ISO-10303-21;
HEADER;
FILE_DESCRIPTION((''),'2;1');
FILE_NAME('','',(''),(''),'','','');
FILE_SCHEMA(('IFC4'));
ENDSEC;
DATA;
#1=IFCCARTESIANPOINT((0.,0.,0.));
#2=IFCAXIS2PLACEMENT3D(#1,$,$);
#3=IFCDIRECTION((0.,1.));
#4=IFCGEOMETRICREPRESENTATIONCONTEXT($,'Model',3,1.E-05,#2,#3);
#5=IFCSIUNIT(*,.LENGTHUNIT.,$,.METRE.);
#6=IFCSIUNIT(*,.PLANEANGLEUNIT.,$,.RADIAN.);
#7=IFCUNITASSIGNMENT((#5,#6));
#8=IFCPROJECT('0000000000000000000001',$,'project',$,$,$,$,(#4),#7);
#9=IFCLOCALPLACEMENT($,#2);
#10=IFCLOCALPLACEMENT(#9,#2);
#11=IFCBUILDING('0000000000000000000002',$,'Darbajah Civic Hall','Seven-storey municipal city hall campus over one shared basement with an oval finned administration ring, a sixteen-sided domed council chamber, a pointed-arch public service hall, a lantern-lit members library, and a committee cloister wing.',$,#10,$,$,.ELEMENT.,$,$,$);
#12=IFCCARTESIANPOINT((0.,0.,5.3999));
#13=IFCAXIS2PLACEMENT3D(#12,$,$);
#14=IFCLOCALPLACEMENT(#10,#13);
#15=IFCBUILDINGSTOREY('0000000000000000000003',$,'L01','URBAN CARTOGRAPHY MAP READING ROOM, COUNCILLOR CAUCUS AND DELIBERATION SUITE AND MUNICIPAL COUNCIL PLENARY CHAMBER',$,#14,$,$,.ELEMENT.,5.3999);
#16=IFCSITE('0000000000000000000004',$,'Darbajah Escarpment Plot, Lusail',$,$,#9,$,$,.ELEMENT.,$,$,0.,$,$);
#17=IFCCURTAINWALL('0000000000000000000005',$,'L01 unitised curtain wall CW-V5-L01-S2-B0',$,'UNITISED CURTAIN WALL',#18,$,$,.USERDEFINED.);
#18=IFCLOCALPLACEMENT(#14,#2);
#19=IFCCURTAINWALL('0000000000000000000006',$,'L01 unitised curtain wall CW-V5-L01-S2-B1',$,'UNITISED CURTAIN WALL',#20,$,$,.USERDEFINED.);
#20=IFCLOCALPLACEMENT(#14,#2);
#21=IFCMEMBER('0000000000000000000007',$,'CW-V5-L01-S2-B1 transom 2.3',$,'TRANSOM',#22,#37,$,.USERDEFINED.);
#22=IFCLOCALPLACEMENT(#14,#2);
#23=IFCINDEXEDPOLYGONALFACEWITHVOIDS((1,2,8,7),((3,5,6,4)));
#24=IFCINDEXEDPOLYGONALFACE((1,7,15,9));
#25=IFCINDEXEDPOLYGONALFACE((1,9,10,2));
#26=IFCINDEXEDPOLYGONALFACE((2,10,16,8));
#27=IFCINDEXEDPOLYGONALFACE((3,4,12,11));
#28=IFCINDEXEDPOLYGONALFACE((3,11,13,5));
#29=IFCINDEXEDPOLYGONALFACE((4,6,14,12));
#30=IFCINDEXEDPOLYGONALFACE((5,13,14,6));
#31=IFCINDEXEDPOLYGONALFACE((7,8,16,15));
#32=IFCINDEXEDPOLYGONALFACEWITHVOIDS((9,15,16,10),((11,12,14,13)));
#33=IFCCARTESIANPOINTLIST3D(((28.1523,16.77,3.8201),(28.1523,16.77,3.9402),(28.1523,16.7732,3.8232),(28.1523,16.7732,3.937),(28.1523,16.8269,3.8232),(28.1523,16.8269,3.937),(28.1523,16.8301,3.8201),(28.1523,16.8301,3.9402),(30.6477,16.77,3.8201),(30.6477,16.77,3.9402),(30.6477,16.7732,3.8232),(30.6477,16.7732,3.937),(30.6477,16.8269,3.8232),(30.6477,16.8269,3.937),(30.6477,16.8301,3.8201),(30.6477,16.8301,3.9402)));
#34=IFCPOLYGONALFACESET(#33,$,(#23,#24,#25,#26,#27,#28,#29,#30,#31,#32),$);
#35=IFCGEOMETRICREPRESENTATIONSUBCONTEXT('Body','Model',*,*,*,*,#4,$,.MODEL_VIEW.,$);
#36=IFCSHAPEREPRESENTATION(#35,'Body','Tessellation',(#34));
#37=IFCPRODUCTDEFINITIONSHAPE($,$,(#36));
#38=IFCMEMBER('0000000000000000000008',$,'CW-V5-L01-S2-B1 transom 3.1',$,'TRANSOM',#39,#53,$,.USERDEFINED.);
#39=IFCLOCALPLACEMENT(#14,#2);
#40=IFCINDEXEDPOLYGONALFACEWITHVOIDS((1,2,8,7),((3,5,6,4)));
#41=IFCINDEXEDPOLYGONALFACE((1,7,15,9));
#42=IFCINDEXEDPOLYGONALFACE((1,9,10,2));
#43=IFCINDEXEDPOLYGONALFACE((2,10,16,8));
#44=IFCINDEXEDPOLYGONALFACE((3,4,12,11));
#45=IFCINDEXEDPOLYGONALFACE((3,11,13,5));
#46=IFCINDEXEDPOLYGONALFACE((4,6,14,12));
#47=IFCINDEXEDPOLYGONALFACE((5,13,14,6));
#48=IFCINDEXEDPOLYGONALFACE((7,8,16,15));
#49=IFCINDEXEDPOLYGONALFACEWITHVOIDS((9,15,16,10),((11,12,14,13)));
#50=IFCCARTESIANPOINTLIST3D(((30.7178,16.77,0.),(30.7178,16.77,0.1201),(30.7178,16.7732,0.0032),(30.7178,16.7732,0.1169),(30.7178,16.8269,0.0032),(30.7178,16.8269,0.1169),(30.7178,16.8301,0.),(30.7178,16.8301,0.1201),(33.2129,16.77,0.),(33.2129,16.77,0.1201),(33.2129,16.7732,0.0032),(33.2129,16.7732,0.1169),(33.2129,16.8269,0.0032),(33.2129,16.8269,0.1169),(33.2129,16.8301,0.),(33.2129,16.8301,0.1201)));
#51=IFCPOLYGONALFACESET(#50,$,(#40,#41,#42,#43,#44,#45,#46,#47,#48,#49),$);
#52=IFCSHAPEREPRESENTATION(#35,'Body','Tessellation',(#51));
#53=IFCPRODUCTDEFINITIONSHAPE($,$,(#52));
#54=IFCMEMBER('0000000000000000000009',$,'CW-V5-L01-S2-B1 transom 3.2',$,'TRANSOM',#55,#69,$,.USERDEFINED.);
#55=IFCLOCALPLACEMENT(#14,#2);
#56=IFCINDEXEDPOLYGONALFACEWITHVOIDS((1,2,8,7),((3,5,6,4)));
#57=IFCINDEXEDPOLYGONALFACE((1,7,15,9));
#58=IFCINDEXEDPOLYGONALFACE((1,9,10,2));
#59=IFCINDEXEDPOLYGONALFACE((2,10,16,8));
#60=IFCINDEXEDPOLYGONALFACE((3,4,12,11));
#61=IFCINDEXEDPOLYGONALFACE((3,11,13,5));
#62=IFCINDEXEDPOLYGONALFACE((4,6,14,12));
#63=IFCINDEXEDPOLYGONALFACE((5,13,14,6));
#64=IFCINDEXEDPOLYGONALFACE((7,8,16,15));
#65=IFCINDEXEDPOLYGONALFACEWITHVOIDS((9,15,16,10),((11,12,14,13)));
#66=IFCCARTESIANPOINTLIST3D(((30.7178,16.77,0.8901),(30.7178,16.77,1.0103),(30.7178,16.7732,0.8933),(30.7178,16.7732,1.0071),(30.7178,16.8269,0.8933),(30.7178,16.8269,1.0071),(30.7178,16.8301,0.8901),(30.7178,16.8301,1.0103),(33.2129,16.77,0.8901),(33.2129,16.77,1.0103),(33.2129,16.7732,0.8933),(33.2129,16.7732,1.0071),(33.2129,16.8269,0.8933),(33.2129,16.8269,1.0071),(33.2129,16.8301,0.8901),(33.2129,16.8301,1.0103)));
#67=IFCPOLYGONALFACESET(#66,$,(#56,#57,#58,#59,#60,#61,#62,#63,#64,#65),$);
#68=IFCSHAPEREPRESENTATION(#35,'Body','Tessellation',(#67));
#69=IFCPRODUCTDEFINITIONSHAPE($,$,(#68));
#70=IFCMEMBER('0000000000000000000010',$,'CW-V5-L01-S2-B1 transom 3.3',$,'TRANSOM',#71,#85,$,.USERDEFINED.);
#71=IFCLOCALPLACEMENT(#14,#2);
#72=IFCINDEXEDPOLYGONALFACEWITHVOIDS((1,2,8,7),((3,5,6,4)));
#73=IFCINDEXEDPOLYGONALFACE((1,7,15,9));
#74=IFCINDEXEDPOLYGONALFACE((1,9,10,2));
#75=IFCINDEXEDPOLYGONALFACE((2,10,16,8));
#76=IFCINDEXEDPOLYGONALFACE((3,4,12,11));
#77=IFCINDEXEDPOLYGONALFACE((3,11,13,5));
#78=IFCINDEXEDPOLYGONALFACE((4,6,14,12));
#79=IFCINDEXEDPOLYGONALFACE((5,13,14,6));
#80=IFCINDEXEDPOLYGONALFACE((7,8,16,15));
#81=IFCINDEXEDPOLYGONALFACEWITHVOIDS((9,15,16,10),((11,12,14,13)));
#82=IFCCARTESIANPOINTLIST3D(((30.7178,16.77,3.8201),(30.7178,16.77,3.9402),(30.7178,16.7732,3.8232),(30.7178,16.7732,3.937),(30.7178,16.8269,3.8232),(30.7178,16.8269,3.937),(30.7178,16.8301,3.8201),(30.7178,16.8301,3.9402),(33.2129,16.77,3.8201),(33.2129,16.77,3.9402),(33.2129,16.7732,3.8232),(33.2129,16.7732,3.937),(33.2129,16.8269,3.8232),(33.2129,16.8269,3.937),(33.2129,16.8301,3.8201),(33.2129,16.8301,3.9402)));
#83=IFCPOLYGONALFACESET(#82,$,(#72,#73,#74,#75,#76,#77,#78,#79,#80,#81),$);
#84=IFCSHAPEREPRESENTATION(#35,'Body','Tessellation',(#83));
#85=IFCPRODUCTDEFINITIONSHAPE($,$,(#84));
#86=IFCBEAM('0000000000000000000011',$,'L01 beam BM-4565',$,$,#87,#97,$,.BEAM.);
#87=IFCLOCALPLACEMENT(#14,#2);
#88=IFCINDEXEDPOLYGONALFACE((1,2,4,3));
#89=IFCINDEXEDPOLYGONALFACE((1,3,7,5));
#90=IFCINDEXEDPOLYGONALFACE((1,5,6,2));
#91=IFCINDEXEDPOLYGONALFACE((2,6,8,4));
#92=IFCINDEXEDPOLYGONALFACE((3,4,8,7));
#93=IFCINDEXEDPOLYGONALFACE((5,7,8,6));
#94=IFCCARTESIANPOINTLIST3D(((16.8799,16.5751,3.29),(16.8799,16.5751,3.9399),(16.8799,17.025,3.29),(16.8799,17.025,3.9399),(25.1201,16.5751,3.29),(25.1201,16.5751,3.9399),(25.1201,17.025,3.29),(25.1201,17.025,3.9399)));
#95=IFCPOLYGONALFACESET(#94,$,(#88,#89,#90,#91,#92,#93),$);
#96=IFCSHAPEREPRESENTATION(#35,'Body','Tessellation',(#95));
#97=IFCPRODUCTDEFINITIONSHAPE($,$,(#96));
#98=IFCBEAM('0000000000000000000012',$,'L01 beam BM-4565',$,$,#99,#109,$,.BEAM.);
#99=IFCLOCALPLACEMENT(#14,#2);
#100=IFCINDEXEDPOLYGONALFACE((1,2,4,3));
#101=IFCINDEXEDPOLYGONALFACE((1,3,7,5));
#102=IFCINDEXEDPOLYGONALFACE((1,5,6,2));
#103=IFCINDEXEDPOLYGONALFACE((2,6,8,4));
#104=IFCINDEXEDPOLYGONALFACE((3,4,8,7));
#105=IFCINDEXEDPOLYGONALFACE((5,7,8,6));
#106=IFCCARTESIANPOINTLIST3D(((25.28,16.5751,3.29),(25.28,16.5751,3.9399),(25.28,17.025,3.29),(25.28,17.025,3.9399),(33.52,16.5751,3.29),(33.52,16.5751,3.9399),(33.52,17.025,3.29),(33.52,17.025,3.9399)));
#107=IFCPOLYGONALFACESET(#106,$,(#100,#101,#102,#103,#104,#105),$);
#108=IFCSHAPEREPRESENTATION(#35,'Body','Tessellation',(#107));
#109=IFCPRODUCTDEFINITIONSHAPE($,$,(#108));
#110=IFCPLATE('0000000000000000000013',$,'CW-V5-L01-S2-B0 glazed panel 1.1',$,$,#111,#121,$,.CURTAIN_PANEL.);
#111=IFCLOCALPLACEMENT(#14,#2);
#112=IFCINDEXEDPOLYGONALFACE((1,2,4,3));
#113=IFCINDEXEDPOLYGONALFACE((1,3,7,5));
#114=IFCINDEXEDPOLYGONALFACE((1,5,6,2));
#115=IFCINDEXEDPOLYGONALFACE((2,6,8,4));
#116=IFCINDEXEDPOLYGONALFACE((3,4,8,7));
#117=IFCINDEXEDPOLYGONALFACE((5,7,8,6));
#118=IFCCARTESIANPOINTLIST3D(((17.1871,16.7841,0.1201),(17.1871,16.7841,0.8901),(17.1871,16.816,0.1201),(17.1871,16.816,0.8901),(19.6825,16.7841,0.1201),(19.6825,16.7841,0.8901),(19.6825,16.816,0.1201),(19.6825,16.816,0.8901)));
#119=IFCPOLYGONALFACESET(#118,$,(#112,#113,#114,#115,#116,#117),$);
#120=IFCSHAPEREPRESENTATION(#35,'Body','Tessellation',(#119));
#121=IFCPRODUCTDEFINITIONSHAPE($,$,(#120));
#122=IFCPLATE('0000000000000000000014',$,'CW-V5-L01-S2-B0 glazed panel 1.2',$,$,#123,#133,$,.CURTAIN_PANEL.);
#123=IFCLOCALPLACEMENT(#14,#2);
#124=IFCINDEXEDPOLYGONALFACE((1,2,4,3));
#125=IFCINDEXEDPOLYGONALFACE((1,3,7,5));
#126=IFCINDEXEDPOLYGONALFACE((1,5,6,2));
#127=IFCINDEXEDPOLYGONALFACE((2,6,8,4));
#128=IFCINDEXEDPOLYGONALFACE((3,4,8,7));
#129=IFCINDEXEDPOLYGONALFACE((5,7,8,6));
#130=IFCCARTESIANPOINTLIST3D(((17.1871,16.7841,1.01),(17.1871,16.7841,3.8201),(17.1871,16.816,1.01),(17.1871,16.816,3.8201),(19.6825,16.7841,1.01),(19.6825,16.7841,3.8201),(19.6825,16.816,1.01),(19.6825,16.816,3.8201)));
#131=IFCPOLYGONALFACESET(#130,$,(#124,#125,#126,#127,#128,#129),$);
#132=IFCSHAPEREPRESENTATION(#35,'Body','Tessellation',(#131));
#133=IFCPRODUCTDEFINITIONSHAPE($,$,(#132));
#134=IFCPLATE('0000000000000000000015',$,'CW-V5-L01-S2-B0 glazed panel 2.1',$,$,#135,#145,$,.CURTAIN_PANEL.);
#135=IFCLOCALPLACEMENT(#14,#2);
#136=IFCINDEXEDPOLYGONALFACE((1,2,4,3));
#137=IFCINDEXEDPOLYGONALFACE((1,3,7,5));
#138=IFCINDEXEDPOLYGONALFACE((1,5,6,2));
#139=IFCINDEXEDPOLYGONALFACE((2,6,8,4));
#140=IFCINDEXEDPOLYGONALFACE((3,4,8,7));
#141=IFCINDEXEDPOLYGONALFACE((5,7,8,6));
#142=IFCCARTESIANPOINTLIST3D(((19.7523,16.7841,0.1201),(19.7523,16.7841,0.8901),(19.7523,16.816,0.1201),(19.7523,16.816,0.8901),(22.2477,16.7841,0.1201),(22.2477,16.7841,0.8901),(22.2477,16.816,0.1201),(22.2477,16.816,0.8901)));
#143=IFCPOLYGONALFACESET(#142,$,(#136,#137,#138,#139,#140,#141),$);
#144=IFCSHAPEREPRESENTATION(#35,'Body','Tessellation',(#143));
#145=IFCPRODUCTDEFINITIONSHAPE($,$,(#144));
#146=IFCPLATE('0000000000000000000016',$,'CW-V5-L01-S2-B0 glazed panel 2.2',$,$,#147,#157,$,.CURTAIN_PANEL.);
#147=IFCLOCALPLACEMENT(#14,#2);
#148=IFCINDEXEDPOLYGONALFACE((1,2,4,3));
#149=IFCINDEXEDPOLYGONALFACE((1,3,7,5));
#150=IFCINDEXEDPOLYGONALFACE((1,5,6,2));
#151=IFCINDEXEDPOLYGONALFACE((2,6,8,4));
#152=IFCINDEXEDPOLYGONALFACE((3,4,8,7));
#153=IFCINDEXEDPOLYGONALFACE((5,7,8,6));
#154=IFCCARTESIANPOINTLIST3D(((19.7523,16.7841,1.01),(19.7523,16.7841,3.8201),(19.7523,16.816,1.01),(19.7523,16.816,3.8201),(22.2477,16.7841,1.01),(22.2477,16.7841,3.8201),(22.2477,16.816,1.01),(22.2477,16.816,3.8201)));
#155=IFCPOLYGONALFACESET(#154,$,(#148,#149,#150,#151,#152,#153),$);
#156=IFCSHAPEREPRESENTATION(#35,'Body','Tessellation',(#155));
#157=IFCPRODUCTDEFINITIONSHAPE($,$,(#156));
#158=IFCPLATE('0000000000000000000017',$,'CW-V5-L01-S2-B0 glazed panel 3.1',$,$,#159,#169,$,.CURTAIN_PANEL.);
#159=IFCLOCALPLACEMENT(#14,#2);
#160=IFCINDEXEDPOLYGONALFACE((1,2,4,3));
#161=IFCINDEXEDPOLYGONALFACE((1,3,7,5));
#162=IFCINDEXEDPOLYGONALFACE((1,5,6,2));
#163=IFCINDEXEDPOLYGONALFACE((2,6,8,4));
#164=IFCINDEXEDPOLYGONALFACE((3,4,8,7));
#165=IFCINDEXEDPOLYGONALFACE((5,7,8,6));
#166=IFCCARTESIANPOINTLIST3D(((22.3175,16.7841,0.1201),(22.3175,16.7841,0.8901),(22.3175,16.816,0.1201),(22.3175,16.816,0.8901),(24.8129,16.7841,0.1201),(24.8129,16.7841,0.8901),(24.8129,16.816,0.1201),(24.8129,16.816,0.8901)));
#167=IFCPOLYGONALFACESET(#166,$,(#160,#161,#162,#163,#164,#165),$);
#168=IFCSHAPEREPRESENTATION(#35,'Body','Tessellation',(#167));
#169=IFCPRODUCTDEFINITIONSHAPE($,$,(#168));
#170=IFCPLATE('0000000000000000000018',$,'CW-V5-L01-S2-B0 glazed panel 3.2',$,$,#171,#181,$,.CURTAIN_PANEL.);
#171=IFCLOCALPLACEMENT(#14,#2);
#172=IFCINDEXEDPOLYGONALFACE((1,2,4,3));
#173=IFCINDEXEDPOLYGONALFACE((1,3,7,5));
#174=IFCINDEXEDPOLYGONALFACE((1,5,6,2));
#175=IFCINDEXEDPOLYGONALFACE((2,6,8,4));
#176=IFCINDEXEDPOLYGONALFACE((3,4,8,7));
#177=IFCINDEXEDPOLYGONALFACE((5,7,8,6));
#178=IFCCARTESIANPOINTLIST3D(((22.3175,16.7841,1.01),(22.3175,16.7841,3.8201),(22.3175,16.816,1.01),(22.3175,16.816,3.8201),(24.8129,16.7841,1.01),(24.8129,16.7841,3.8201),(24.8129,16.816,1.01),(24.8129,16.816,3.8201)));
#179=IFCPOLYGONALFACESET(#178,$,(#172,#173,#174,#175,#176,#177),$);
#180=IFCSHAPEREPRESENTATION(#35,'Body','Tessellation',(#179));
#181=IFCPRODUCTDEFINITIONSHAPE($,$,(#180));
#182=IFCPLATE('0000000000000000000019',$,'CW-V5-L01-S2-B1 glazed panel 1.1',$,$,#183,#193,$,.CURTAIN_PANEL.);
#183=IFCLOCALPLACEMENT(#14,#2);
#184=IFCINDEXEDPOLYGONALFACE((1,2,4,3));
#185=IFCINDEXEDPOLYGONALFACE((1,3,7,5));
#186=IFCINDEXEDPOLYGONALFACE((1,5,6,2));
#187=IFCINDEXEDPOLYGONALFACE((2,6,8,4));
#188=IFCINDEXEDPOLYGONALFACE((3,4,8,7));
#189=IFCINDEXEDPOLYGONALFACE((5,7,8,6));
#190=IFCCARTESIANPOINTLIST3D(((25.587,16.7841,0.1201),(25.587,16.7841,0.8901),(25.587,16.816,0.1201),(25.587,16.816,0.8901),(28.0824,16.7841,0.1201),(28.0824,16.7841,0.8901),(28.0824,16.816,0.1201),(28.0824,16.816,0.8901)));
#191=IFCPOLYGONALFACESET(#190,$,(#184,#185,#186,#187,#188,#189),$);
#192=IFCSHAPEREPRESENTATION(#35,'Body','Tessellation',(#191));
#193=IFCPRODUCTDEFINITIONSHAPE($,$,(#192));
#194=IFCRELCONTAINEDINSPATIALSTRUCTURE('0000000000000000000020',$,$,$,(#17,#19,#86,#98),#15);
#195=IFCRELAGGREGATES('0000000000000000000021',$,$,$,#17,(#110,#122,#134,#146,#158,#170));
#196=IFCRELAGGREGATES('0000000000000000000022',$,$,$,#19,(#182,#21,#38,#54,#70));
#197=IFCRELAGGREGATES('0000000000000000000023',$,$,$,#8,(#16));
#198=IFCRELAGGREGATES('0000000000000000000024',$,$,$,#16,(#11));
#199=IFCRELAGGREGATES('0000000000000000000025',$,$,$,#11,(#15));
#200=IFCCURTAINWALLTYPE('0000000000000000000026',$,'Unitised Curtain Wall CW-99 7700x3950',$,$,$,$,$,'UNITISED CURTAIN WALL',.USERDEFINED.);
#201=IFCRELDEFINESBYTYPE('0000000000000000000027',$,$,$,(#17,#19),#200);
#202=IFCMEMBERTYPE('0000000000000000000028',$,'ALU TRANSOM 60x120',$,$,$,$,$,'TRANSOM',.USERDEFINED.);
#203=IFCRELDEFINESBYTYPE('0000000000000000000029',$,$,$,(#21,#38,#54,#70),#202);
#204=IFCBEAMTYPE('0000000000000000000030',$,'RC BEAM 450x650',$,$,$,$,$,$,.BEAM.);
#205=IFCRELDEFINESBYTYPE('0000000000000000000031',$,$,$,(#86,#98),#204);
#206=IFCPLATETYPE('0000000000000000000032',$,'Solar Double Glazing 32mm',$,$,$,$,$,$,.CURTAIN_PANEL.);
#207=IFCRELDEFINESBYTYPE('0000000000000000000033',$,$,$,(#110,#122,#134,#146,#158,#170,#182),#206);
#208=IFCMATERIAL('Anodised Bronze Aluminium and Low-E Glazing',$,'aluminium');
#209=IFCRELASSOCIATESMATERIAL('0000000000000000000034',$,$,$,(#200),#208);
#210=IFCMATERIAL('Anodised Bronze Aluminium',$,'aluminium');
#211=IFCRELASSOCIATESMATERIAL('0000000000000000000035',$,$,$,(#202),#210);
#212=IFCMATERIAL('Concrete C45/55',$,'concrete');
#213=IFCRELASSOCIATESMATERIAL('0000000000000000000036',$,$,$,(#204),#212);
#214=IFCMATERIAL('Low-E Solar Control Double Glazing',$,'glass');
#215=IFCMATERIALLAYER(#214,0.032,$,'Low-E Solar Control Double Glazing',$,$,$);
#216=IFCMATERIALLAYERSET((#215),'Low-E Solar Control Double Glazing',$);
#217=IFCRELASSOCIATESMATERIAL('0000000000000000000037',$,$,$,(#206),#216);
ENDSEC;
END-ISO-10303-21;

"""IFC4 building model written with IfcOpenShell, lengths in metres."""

from ifc_helpers import new_model, si_unit, direction, frame, origin, origin_2d, place, context, subcontext, project, spatial, rectangle, hollow_rectangle, extrude, material, layer, layer_set, material_profile, profile_set, type_object, element, aggregate, save


model = new_model("IFC4")

# Units and contexts
model_context = context("Model", 3, precision=1e-05, world=origin(), true_north=direction((0.0, 1.0)))
body_context = subcontext(model_context, "Body", "Model", "MODEL_VIEW")
ifc_project = project(units=[si_unit("LENGTHUNIT", "METRE"), si_unit("PLANEANGLEUNIT", "RADIAN")], contexts=[model_context])

# Site, building, storey
site_placement = place(None, origin())
site = spatial("IfcSite", under=ifc_project, at=site_placement, Name="Darbajah Escarpment Plot, Lusail", CompositionType="ELEMENT", RefElevation=0.0)
building_placement = place(site_placement, origin())
building = spatial("IfcBuilding", under=site, at=building_placement, Name="Darbajah Civic Hall", Description="Seven-storey municipal city hall campus over one shared basement with an oval finned administration ring, a sixteen-sided domed council chamber, a pointed-arch public service hall, a lantern-lit members library, and a committee cloister wing.", CompositionType="ELEMENT")
storey_placement = place(building_placement, frame((0.0, 0.0, 5.3999)))
storey = spatial("IfcBuildingStorey", under=building, at=storey_placement, Name="L01", Description="URBAN CARTOGRAPHY MAP READING ROOM, COUNCILLOR CAUCUS AND DELIBERATION SUITE AND MUNICIPAL COUNCIL PLENARY CHAMBER", CompositionType="ELEMENT", Elevation=5.3999)

# Shared definitions
ifc_material_1 = material(Name="Concrete C45/55", Category="concrete")

# Curtain walls
ifc_material_2 = material(Name="Anodised Bronze Aluminium and Low-E Glazing", Category="aluminium")
curtain_wall_type = type_object("IfcCurtainWallType", Name="Unitised Curtain Wall CW-99 7700x3950", ElementType="UNITISED CURTAIN WALL", PredefinedType="USERDEFINED", material=ifc_material_2)
curtain_wall_1_placement = place(storey_placement, origin())
curtain_wall_1 = element("IfcCurtainWall", 1, at=curtain_wall_1_placement, inside=storey, type_object=curtain_wall_type, Name="L01 unitised curtain wall CW-V5-L01-S2-B0", ObjectType="UNITISED CURTAIN WALL", PredefinedType="USERDEFINED")
ifc_material_3 = material(Name="Anodised Bronze Aluminium", Category="aluminium")
curtain_wall_2_placement = place(storey_placement, origin())
curtain_wall_2 = element("IfcCurtainWall", 2, at=curtain_wall_2_placement, inside=storey, type_object=curtain_wall_type, Name="L01 unitised curtain wall CW-V5-L01-S2-B1", ObjectType="UNITISED CURTAIN WALL", PredefinedType="USERDEFINED")

# Members
ifc_material_profile_1 = material_profile(ifc_material_3, hollow_rectangle(XDim=0.0601, YDim=0.1201, WallThickness=0.0032, at=origin_2d()), Name="ALU TRANSOM 60x120")
ifc_profile_set_1 = profile_set([ifc_material_profile_1], Name="Anodised Bronze Aluminium")
member_type_1 = type_object("IfcMemberType", Name="ALU TRANSOM 60x120", ElementType="TRANSOM", PredefinedType="USERDEFINED", material=ifc_profile_set_1)
member_1_placement = place(storey_placement, frame((28.1523, 16.8, 3.8801), z_axis=(1.0, 0.0, 0.0), x_axis=(0.0, 1.0, 0.0)))
member_1 = element("IfcMember", 3, at=member_1_placement, type_object=member_type_1, Name="CW-V5-L01-S2-B1 transom 2.3", ObjectType="TRANSOM", PredefinedType="USERDEFINED", context=body_context, shape_type="SweptSolid", body=[
    extrude(hollow_rectangle(XDim=0.0601, YDim=0.1201, WallThickness=0.0032, at=origin_2d()), origin(), (0.0, 0.0, 1.0), 2.4954),
])
member_2_placement = place(storey_placement, frame((30.7178, 16.8, 0.0601), z_axis=(1.0, 0.0, 0.0), x_axis=(0.0, 1.0, 0.0)))
member_2 = element("IfcMember", 4, at=member_2_placement, type_object=member_type_1, Name="CW-V5-L01-S2-B1 transom 3.1", ObjectType="TRANSOM", PredefinedType="USERDEFINED", context=body_context, shape_type="SweptSolid", body=[
    extrude(hollow_rectangle(XDim=0.0601, YDim=0.1201, WallThickness=0.0032, at=origin_2d()), origin(), (0.0, 0.0, 1.0), 2.4951),
])
member_3_placement = place(storey_placement, frame((30.7178, 16.8, 0.9502), z_axis=(1.0, 0.0, 0.0), x_axis=(0.0, 1.0, 0.0)))
member_3 = element("IfcMember", 5, at=member_3_placement, type_object=member_type_1, Name="CW-V5-L01-S2-B1 transom 3.2", ObjectType="TRANSOM", PredefinedType="USERDEFINED", context=body_context, shape_type="SweptSolid", body=[
    extrude(hollow_rectangle(XDim=0.0601, YDim=0.1201, WallThickness=0.0032, at=origin_2d()), origin(), (0.0, 0.0, 1.0), 2.4951),
])
member_4_placement = place(storey_placement, frame((30.7178, 16.8, 3.8801), z_axis=(1.0, 0.0, 0.0), x_axis=(0.0, 1.0, 0.0)))
member_4 = element("IfcMember", 6, at=member_4_placement, type_object=member_type_1, Name="CW-V5-L01-S2-B1 transom 3.3", ObjectType="TRANSOM", PredefinedType="USERDEFINED", context=body_context, shape_type="SweptSolid", body=[
    extrude(hollow_rectangle(XDim=0.0601, YDim=0.1201, WallThickness=0.0032, at=origin_2d()), origin(), (0.0, 0.0, 1.0), 2.4951),
])

# Beams
ifc_material_profile_2 = material_profile(ifc_material_1, rectangle(XDim=0.45, YDim=0.6499, at=origin_2d()), Name="RC BEAM 450x650")
ifc_profile_set_2 = profile_set([ifc_material_profile_2], Name="Concrete C45/55")
beam_type = type_object("IfcBeamType", Name="RC BEAM 450x650", PredefinedType="BEAM", material=ifc_profile_set_2)
beam_1_placement = place(storey_placement, frame((16.8799, 16.8, 3.615), z_axis=(1.0, 0.0, 0.0), x_axis=(0.0, 1.0, 0.0)))
element("IfcBeam", 7, at=beam_1_placement, inside=storey, type_object=beam_type, Name="L01 beam BM-4565", PredefinedType="BEAM", context=body_context, shape_type="SweptSolid", body=[
    extrude(rectangle(XDim=0.45, YDim=0.6499, at=origin_2d()), origin(), (0.0, 0.0, 1.0), 8.2402),
])
beam_2_placement = place(storey_placement, frame((25.28, 16.8, 3.615), z_axis=(1.0, 0.0, 0.0), x_axis=(0.0, 1.0, 0.0)))
element("IfcBeam", 8, at=beam_2_placement, inside=storey, type_object=beam_type, Name="L01 beam BM-4565", PredefinedType="BEAM", context=body_context, shape_type="SweptSolid", body=[
    extrude(rectangle(XDim=0.45, YDim=0.6499, at=origin_2d()), origin(), (0.0, 0.0, 1.0), 8.24),
])

# Plates
ifc_material_4 = material(Name="Low-E Solar Control Double Glazing", Category="glass")
ifc_layer = layer(ifc_material_4, 0.032, Name="Low-E Solar Control Double Glazing")
ifc_layer_set = layer_set([ifc_layer], Name="Low-E Solar Control Double Glazing")
plate_type = type_object("IfcPlateType", Name="Solar Double Glazing 32mm", PredefinedType="CURTAIN_PANEL", material=ifc_layer_set)
plate_1_placement = place(storey_placement, frame((18.4348, 16.8, 0.1201), z_axis=(0.0, 0.0, 1.0), x_axis=(1.0, 0.0, 0.0)))
plate_1 = element("IfcPlate", 9, at=plate_1_placement, type_object=plate_type, Name="CW-V5-L01-S2-B0 glazed panel 1.1", PredefinedType="CURTAIN_PANEL", context=body_context, shape_type="SweptSolid", body=[
    extrude(rectangle(XDim=2.4954, YDim=0.032, at=origin_2d()), origin(), (0.0, 0.0, 1.0), 0.77),
])
plate_2_placement = place(storey_placement, frame((18.4348, 16.8, 1.01), z_axis=(0.0, 0.0, 1.0), x_axis=(1.0, 0.0, 0.0)))
plate_2 = element("IfcPlate", 10, at=plate_2_placement, type_object=plate_type, Name="CW-V5-L01-S2-B0 glazed panel 1.2", PredefinedType="CURTAIN_PANEL", context=body_context, shape_type="SweptSolid", body=[
    extrude(rectangle(XDim=2.4954, YDim=0.032, at=origin_2d()), origin(), (0.0, 0.0, 1.0), 2.8101),
])
plate_3_placement = place(storey_placement, frame((21.0, 16.8, 0.1201), z_axis=(0.0, 0.0, 1.0), x_axis=(1.0, 0.0, 0.0)))
plate_3 = element("IfcPlate", 11, at=plate_3_placement, type_object=plate_type, Name="CW-V5-L01-S2-B0 glazed panel 2.1", PredefinedType="CURTAIN_PANEL", context=body_context, shape_type="SweptSolid", body=[
    extrude(rectangle(XDim=2.4954, YDim=0.032, at=origin_2d()), origin(), (0.0, 0.0, 1.0), 0.77),
])
plate_4_placement = place(storey_placement, frame((21.0, 16.8, 1.01), z_axis=(0.0, 0.0, 1.0), x_axis=(1.0, 0.0, 0.0)))
plate_4 = element("IfcPlate", 12, at=plate_4_placement, type_object=plate_type, Name="CW-V5-L01-S2-B0 glazed panel 2.2", PredefinedType="CURTAIN_PANEL", context=body_context, shape_type="SweptSolid", body=[
    extrude(rectangle(XDim=2.4954, YDim=0.032, at=origin_2d()), origin(), (0.0, 0.0, 1.0), 2.8101),
])
plate_5_placement = place(storey_placement, frame((23.5652, 16.8, 0.1201), z_axis=(0.0, 0.0, 1.0), x_axis=(1.0, 0.0, 0.0)))
plate_5 = element("IfcPlate", 13, at=plate_5_placement, type_object=plate_type, Name="CW-V5-L01-S2-B0 glazed panel 3.1", PredefinedType="CURTAIN_PANEL", context=body_context, shape_type="SweptSolid", body=[
    extrude(rectangle(XDim=2.4954, YDim=0.032, at=origin_2d()), origin(), (0.0, 0.0, 1.0), 0.77),
])
plate_6_placement = place(storey_placement, frame((23.5652, 16.8, 1.01), z_axis=(0.0, 0.0, 1.0), x_axis=(1.0, 0.0, 0.0)))
plate_6 = element("IfcPlate", 14, at=plate_6_placement, type_object=plate_type, Name="CW-V5-L01-S2-B0 glazed panel 3.2", PredefinedType="CURTAIN_PANEL", context=body_context, shape_type="SweptSolid", body=[
    extrude(rectangle(XDim=2.4954, YDim=0.032, at=origin_2d()), origin(), (0.0, 0.0, 1.0), 2.8101),
])
aggregate(curtain_wall_1, [plate_1, plate_2, plate_3, plate_4, plate_5, plate_6])
plate_7_placement = place(storey_placement, frame((26.8347, 16.8, 0.1201), z_axis=(0.0, 0.0, 1.0), x_axis=(1.0, 0.0, 0.0)))
plate_7 = element("IfcPlate", 15, at=plate_7_placement, type_object=plate_type, Name="CW-V5-L01-S2-B1 glazed panel 1.1", PredefinedType="CURTAIN_PANEL", context=body_context, shape_type="SweptSolid", body=[
    extrude(rectangle(XDim=2.4954, YDim=0.032, at=origin_2d()), origin(), (0.0, 0.0, 1.0), 0.77),
])
aggregate(curtain_wall_2, [plate_7, member_1, member_2, member_3, member_4])

save(model, "model.ifc")
